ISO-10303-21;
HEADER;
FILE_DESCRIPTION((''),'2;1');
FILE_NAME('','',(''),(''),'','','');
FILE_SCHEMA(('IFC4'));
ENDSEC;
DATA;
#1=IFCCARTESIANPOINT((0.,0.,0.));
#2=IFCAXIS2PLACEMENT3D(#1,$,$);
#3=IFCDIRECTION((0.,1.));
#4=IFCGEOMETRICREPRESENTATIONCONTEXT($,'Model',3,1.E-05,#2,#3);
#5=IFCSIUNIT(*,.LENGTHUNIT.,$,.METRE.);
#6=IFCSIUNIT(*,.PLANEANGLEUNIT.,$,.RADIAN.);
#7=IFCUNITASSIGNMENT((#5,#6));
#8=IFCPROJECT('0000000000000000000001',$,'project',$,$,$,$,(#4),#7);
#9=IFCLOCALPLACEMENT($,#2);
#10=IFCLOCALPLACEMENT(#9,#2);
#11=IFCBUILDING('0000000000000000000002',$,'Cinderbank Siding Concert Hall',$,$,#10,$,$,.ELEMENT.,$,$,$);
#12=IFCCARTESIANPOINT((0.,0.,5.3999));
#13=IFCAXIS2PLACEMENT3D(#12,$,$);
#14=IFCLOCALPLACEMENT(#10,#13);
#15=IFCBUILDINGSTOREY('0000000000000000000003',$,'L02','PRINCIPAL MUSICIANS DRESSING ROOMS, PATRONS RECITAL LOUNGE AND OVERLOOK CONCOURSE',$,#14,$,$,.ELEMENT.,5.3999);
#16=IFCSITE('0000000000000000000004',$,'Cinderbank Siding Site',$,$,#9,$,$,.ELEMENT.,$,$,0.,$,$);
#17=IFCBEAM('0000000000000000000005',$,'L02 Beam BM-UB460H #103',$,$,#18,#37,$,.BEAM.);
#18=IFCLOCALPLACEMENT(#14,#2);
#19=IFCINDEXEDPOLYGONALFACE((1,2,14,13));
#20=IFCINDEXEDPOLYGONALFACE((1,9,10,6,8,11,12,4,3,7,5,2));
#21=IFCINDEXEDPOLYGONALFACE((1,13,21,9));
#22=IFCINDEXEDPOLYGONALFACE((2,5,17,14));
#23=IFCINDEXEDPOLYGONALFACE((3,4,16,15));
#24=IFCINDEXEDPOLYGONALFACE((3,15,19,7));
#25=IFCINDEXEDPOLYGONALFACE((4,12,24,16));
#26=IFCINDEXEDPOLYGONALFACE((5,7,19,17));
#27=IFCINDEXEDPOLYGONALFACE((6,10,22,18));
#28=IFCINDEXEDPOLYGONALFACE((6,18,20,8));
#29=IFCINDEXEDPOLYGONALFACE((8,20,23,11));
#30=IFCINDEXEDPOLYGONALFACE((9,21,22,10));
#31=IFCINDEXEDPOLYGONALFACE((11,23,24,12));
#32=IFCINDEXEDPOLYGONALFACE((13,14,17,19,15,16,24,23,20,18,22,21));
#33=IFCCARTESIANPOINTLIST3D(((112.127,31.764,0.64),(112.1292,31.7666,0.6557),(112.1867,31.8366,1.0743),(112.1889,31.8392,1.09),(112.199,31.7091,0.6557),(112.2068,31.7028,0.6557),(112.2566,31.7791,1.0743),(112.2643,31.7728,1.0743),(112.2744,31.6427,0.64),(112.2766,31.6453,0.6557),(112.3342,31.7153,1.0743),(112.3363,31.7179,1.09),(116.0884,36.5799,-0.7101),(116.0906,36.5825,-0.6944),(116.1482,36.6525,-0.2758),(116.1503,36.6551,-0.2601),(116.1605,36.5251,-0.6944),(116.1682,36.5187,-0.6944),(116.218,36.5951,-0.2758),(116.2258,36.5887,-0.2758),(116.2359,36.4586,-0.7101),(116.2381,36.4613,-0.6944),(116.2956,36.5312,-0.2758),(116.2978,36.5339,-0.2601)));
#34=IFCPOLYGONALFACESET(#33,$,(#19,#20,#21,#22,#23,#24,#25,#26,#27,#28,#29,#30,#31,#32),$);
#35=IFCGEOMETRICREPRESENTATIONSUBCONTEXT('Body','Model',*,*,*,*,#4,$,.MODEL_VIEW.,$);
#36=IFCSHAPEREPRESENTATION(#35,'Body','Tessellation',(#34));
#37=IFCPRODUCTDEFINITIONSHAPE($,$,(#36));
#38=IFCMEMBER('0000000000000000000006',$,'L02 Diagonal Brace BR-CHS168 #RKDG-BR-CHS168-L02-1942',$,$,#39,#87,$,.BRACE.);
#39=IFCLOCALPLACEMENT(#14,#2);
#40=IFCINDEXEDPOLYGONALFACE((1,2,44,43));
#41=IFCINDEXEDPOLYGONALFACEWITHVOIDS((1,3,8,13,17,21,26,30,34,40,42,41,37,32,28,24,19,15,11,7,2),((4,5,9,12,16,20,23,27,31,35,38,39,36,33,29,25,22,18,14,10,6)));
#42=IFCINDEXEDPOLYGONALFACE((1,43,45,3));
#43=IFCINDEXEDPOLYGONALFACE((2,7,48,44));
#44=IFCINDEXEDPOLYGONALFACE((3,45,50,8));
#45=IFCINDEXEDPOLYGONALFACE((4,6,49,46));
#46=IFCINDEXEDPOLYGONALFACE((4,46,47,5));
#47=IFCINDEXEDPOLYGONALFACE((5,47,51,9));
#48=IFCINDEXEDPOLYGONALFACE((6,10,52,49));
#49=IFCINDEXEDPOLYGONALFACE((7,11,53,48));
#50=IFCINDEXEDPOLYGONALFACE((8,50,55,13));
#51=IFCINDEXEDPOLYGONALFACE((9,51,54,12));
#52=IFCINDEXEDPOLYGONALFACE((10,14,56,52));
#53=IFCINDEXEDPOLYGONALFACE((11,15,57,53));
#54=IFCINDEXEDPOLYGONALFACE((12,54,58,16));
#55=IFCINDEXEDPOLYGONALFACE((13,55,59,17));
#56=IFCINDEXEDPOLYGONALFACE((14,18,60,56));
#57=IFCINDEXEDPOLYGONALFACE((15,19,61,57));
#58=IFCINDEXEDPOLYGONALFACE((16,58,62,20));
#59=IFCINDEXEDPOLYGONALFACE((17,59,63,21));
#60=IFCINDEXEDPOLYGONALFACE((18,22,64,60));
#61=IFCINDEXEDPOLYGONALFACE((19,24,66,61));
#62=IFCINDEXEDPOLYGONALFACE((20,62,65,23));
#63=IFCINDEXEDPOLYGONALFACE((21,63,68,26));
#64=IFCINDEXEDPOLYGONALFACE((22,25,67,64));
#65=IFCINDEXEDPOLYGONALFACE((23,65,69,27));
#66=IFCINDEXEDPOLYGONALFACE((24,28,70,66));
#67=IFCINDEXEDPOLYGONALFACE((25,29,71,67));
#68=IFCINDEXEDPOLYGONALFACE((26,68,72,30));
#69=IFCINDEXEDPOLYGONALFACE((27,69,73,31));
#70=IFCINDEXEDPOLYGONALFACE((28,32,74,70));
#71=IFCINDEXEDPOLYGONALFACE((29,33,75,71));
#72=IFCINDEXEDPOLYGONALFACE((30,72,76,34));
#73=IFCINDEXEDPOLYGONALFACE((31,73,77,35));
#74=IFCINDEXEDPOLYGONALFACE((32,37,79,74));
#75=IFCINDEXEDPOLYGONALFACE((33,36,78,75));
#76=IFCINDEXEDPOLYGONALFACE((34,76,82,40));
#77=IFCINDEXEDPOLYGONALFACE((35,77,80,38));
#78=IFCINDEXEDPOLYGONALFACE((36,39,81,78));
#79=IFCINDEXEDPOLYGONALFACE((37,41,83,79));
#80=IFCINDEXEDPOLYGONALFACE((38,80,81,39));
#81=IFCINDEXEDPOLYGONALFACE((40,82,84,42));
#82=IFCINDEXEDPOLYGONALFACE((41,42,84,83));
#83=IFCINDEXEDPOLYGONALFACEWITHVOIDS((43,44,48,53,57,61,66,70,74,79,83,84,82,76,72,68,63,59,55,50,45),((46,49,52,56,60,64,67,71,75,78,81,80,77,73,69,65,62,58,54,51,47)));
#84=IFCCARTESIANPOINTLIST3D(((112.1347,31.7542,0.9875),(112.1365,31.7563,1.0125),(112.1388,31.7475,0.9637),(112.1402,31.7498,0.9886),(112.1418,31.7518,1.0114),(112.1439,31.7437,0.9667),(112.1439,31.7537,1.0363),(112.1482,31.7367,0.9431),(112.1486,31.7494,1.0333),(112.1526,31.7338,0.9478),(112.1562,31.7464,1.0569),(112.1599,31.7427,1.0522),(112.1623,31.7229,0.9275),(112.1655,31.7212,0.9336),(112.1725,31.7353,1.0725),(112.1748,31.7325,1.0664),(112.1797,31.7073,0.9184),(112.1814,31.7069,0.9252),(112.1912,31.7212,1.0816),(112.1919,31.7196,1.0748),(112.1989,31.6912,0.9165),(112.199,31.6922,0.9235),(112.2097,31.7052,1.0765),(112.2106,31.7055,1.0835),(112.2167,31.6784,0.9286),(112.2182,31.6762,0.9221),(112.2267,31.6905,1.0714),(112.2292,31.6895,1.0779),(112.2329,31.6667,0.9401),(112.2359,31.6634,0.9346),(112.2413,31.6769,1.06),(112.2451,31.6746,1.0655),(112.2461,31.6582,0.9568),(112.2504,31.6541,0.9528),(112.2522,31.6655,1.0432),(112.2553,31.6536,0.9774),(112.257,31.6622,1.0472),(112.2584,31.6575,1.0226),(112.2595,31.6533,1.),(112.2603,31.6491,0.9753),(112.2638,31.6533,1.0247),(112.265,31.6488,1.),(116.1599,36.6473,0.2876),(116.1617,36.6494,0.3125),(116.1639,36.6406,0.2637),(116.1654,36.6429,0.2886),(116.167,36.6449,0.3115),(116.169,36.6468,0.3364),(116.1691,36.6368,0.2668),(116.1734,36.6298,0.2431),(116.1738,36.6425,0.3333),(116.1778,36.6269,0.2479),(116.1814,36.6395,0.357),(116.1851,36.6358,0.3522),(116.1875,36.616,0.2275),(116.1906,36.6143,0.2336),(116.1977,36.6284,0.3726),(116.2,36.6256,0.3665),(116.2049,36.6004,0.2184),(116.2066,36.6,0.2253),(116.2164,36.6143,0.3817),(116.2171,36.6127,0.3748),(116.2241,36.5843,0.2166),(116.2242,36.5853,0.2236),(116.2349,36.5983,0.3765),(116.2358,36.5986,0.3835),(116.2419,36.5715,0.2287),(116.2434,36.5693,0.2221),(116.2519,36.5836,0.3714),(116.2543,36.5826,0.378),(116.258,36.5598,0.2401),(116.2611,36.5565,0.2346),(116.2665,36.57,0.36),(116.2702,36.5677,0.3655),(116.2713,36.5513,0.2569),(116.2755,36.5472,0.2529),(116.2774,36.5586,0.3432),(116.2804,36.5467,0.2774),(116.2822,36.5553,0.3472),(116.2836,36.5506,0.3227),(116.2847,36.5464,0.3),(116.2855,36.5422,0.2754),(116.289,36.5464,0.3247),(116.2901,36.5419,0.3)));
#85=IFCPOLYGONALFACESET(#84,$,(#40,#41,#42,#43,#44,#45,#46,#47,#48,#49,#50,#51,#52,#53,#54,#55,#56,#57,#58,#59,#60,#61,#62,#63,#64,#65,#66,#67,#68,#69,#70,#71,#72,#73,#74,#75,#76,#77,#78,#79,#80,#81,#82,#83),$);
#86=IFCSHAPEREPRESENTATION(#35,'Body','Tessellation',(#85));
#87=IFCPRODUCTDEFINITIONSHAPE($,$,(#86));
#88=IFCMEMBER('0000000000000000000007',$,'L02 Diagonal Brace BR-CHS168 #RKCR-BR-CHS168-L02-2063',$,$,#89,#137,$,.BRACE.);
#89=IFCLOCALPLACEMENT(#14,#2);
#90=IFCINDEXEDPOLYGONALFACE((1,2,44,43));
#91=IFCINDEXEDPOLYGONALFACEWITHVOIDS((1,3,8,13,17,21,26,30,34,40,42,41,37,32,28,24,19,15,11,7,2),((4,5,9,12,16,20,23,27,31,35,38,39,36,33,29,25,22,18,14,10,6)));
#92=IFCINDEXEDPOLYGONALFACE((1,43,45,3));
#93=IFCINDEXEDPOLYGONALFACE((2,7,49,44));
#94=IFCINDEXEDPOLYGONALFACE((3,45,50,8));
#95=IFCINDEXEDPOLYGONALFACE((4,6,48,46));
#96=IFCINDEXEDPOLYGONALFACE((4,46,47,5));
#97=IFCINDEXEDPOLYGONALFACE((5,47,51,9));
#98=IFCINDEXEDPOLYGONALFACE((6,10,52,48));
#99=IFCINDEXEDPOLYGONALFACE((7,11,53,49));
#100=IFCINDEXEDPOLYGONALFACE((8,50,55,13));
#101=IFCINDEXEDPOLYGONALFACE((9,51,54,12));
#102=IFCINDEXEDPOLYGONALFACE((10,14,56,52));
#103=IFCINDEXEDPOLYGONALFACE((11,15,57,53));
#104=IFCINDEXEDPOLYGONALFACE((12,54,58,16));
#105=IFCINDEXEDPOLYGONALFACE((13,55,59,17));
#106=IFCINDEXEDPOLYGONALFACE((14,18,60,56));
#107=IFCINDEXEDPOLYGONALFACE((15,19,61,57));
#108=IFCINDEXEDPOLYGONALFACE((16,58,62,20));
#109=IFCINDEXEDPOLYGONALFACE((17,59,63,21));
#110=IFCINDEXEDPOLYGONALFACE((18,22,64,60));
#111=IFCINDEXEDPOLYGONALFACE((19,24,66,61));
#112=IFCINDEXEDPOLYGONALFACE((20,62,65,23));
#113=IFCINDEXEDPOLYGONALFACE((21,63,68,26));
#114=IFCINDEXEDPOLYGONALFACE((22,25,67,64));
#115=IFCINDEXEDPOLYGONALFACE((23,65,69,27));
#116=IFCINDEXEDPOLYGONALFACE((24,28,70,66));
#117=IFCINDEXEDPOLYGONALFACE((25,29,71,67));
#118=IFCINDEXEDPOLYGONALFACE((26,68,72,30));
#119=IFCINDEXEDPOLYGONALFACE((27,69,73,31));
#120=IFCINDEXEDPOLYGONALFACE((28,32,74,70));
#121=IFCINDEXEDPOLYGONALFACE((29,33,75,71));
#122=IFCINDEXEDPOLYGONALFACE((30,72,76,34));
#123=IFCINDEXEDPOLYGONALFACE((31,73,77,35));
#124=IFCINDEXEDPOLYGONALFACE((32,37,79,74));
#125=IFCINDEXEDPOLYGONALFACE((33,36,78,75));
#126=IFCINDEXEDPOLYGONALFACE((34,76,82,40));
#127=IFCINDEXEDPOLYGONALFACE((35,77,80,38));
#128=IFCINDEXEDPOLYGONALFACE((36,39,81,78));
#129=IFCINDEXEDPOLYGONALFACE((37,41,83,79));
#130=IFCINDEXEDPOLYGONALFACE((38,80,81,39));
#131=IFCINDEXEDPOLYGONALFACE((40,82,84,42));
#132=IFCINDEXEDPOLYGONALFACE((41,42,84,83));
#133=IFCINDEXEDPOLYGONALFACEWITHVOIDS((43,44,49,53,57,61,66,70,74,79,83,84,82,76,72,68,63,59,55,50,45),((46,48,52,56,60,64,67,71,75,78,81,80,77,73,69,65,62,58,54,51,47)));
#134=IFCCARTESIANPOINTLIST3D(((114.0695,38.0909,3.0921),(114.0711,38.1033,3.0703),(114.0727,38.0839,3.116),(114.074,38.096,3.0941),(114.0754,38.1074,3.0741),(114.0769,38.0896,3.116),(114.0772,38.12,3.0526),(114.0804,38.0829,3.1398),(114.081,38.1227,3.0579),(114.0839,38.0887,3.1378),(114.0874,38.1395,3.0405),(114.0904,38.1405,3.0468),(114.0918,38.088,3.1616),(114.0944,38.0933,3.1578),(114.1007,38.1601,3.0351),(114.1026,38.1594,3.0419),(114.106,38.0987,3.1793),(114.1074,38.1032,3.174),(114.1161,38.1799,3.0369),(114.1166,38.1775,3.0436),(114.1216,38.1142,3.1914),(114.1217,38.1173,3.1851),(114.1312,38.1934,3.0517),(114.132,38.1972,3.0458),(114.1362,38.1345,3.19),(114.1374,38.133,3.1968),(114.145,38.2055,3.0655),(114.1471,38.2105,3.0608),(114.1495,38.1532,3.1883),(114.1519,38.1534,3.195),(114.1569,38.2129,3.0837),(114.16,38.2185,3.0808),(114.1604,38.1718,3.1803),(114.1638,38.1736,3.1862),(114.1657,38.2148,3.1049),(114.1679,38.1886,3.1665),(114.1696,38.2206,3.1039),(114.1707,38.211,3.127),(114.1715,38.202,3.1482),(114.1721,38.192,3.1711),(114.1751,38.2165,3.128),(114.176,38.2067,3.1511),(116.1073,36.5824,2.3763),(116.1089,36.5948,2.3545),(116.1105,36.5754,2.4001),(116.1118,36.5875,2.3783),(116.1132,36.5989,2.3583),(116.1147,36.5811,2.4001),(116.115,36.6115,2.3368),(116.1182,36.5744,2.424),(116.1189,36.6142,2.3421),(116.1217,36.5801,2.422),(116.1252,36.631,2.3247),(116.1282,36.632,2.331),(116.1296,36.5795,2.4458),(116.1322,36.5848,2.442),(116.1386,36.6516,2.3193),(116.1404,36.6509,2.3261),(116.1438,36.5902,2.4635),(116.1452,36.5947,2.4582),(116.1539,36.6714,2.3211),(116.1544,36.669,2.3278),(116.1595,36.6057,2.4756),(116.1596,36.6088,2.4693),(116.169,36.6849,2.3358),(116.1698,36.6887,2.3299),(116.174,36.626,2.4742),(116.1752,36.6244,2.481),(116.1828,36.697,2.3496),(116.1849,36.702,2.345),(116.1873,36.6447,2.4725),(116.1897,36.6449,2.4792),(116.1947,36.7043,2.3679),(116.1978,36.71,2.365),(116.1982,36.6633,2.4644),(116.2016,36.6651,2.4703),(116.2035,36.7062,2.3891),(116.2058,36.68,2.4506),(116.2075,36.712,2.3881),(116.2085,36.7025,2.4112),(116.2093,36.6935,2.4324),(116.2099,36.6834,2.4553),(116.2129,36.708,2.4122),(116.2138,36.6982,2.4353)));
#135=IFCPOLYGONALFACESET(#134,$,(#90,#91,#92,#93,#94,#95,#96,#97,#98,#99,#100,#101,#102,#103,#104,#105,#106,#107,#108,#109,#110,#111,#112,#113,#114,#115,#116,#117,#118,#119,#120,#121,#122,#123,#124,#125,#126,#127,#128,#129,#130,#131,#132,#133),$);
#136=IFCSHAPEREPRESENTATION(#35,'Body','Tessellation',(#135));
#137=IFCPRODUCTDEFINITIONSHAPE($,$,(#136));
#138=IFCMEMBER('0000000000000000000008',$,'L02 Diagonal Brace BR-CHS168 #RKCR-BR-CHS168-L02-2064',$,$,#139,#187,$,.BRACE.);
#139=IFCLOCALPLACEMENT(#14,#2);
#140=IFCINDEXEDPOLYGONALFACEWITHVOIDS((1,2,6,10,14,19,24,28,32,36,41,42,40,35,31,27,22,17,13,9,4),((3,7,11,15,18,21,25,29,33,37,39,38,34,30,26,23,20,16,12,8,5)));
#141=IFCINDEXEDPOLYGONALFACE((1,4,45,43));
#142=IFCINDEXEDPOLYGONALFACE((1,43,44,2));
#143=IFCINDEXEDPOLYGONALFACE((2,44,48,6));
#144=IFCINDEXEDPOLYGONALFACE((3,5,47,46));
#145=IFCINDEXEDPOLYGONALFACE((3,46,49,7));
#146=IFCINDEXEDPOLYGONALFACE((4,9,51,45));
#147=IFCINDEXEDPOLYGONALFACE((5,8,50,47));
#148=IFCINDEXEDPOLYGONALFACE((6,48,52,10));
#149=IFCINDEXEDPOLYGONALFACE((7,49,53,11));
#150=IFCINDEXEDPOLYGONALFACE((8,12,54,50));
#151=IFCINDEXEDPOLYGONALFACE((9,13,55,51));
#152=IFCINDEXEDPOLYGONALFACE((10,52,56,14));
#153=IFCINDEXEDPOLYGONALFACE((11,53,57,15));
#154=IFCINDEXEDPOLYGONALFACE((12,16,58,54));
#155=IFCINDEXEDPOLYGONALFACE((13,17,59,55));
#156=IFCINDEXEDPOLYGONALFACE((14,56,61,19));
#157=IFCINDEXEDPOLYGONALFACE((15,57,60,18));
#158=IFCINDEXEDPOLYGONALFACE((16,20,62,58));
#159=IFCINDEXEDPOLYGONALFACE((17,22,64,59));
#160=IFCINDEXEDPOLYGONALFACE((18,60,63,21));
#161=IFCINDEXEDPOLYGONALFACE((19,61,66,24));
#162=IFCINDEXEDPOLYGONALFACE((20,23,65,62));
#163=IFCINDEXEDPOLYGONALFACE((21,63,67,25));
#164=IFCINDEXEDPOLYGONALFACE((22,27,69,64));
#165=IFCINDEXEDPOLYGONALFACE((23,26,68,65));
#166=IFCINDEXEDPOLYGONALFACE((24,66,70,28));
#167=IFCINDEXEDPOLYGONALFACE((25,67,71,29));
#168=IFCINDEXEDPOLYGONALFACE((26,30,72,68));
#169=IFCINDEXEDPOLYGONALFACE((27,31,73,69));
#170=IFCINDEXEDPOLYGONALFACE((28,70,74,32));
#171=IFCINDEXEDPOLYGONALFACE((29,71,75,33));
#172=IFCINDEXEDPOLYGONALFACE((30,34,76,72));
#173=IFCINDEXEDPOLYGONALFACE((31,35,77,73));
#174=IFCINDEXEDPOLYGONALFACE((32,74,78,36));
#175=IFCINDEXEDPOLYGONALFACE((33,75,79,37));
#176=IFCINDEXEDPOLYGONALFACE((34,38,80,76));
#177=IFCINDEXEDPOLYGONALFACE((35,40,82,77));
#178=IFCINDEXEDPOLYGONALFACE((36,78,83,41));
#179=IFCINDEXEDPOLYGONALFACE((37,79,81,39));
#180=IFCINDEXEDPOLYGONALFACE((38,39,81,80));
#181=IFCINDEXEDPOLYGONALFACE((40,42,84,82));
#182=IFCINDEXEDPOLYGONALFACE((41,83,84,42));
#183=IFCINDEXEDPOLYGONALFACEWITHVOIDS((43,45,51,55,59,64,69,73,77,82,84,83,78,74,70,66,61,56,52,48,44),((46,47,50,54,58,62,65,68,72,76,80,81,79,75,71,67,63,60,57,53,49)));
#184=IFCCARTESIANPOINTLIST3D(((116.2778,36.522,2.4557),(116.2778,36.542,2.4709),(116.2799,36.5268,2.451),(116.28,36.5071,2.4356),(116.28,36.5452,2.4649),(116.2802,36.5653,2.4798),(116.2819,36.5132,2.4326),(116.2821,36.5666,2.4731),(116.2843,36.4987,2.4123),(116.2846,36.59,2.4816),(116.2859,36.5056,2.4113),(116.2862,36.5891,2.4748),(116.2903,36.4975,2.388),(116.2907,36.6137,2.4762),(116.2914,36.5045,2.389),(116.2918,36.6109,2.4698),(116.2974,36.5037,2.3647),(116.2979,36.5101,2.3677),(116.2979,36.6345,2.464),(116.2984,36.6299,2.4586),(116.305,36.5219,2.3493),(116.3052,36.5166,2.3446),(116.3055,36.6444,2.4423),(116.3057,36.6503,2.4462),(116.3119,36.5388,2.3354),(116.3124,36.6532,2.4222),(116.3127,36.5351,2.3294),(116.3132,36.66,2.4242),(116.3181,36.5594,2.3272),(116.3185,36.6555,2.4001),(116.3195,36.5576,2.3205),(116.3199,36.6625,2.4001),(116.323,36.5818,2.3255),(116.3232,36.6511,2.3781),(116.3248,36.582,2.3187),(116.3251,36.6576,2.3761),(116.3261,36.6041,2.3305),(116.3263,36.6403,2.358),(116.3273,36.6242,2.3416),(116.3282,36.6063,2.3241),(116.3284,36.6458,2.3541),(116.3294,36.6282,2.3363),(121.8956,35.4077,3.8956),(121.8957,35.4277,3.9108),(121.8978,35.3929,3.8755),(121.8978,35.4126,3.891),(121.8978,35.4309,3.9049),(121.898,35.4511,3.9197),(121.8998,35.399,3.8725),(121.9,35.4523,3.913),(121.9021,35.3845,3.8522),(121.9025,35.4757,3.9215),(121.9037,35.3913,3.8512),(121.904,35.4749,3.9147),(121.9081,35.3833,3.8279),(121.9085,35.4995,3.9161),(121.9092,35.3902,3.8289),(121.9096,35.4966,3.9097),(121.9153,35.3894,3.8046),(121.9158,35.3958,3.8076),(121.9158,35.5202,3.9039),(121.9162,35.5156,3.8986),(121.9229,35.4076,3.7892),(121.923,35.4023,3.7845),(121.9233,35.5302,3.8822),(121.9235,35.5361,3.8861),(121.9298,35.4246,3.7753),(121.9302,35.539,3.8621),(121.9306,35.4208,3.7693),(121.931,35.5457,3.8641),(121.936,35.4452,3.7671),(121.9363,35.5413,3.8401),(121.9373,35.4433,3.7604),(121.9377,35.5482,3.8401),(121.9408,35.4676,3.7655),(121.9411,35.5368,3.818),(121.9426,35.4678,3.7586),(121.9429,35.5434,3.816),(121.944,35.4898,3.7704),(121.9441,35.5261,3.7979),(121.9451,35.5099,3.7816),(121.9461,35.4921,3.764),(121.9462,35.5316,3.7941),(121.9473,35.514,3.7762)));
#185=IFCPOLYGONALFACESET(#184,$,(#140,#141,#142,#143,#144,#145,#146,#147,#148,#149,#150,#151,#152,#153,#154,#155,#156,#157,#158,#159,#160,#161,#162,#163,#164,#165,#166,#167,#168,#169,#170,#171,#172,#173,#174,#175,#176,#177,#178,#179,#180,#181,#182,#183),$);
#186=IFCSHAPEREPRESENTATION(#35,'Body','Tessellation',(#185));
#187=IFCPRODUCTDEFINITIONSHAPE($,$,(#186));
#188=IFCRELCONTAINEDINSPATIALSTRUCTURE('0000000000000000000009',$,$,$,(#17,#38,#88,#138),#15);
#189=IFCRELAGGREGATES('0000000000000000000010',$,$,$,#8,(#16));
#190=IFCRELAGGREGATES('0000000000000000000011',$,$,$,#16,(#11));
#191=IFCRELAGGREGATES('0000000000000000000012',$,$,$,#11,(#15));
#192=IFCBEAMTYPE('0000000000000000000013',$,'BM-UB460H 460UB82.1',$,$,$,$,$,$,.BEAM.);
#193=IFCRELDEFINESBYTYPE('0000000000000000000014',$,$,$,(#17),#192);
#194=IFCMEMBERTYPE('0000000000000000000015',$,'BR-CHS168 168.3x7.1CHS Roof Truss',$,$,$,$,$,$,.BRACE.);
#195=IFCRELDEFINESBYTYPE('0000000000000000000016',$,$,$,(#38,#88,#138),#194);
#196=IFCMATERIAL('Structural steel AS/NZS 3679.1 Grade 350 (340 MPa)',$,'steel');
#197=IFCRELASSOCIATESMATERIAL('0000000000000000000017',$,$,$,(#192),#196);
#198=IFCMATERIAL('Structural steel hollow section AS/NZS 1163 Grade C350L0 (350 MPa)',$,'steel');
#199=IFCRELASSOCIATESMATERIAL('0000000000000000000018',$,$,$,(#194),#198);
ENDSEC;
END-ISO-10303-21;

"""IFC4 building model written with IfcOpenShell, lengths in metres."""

from ifc_helpers import new_model, si_unit, direction, frame, origin, origin_2d, place, context, subcontext, project, spatial, hollow_circle, i_section, extrude, material, material_profile, profile_set, type_object, element, save


model = new_model("IFC4")

# Units and contexts
model_context = context("Model", 3, precision=1e-05, world=origin(), true_north=direction((0.0, 1.0)))
body_context = subcontext(model_context, "Body", "Model", "MODEL_VIEW")
ifc_project = project(units=[si_unit("LENGTHUNIT", "METRE"), si_unit("PLANEANGLEUNIT", "RADIAN")], contexts=[model_context])

# Site, building, storey
site_placement = place(None, origin())
site = spatial("IfcSite", under=ifc_project, at=site_placement, Name="Cinderbank Siding Site", CompositionType="ELEMENT", RefElevation=0.0)
building_placement = place(site_placement, origin())
building = spatial("IfcBuilding", under=site, at=building_placement, Name="Cinderbank Siding Concert Hall", CompositionType="ELEMENT")
storey_placement = place(building_placement, frame((0.0, 0.0, 5.3999)))
storey = spatial("IfcBuildingStorey", under=building, at=storey_placement, Name="L02", Description="PRINCIPAL MUSICIANS DRESSING ROOMS, PATRONS RECITAL LOUNGE AND OVERLOOK CONCOURSE", CompositionType="ELEMENT", Elevation=5.3999)

# Shared definitions
ifc_material_1 = material(Name="Structural steel hollow section AS/NZS 1163 Grade C350L0 (350 MPa)", Category="steel")

# Beam
ifc_material_2 = material(Name="Structural steel AS/NZS 3679.1 Grade 350 (340 MPa)", Category="steel")
ifc_material_profile_1 = material_profile(ifc_material_2, i_section(OverallWidth=0.1909, OverallDepth=0.4604, WebThickness=0.01, FlangeThickness=0.0161, at=origin_2d()), Name="460UB82.1", Category="LoadBearing")
ifc_profile_set_1 = profile_set([ifc_material_profile_1], Name="Structural steel AS/NZS 3679.1 Grade 350 (340 MPa)")
beam_type_1 = type_object("IfcBeamType", Name="BM-UB460H 460UB82.1", PredefinedType="BEAM", material=ifc_profile_set_1)
beam_placement = place(storey_placement, frame((116.1931, 36.5569, -0.4851), z_axis=(-0.62088, -0.754806, 0.211603), x_axis=(0.772294, -0.635265, 0.0)))
element("IfcBeam", 1, at=beam_placement, inside=storey, type_object=beam_type_1, Name="L02 Beam BM-UB460H #103", PredefinedType="BEAM", context=body_context, shape_type="SweptSolid", body=[
    extrude(i_section(OverallWidth=0.1909, OverallDepth=0.4604, WebThickness=0.01, FlangeThickness=0.0161, at=origin_2d()), origin(), (0.0, 0.0, 1.0), 6.3804),
])

# Members
ifc_material_profile_2 = material_profile(ifc_material_1, hollow_circle(Radius=0.0842, WallThickness=0.0071, at=origin_2d()), Name="168.3x7.1CHS", Category="LoadBearing")
ifc_profile_set_2 = profile_set([ifc_material_profile_2], Name="Structural steel hollow section AS/NZS 1163 Grade C350L0 (350 MPa)")
member_type_1 = type_object("IfcMemberType", Name="BR-CHS168 168.3x7.1CHS Roof Truss", PredefinedType="BRACE", material=ifc_profile_set_2)
member_1_placement = place(storey_placement, frame((116.2251, 36.5955, 0.3), z_axis=(-0.631448, -0.767604, 0.109805), x_axis=(0.772274, -0.63529, 0.0)))
element("IfcMember", 2, at=member_1_placement, inside=storey, type_object=member_type_1, Name="L02 Diagonal Brace BR-CHS168 #RKDG-BR-CHS168-L02-1942", PredefinedType="BRACE", context=body_context, shape_type="SweptSolid", body=[
    extrude(hollow_circle(Radius=0.0842, WallThickness=0.0071, at=origin_2d()), origin(), (0.0, 0.0, 1.0), 6.3745),
])
member_2_placement = place(storey_placement, frame((116.1606, 36.6431, 2.4001), z_axis=(-0.773504, 0.572598, 0.271704), x_axis=(-0.594981, -0.80374, 0.0)))
element("IfcMember", 3, at=member_2_placement, inside=storey, type_object=member_type_1, Name="L02 Diagonal Brace BR-CHS168 #RKCR-BR-CHS168-L02-2063", PredefinedType="BRACE", context=body_context, shape_type="SweptSolid", body=[
    extrude(hollow_circle(Radius=0.0842, WallThickness=0.0071, at=origin_2d()), origin(), (0.0, 0.0, 1.0), 2.6345),
])
member_3_placement = place(storey_placement, frame((116.3035, 36.5798, 2.4001), z_axis=(0.951288, -0.188678, 0.243827), x_axis=(0.19455, 0.980893, 0.0)))
element("IfcMember", 4, at=member_3_placement, inside=storey, type_object=member_type_1, Name="L02 Diagonal Brace BR-CHS168 #RKCR-BR-CHS168-L02-2064", PredefinedType="BRACE", context=body_context, shape_type="SweptSolid", body=[
    extrude(hollow_circle(Radius=0.0842, WallThickness=0.0071, at=origin_2d()), origin(), (0.0, 0.0, 1.0), 5.9055),
])

save(model, "model.ifc")
